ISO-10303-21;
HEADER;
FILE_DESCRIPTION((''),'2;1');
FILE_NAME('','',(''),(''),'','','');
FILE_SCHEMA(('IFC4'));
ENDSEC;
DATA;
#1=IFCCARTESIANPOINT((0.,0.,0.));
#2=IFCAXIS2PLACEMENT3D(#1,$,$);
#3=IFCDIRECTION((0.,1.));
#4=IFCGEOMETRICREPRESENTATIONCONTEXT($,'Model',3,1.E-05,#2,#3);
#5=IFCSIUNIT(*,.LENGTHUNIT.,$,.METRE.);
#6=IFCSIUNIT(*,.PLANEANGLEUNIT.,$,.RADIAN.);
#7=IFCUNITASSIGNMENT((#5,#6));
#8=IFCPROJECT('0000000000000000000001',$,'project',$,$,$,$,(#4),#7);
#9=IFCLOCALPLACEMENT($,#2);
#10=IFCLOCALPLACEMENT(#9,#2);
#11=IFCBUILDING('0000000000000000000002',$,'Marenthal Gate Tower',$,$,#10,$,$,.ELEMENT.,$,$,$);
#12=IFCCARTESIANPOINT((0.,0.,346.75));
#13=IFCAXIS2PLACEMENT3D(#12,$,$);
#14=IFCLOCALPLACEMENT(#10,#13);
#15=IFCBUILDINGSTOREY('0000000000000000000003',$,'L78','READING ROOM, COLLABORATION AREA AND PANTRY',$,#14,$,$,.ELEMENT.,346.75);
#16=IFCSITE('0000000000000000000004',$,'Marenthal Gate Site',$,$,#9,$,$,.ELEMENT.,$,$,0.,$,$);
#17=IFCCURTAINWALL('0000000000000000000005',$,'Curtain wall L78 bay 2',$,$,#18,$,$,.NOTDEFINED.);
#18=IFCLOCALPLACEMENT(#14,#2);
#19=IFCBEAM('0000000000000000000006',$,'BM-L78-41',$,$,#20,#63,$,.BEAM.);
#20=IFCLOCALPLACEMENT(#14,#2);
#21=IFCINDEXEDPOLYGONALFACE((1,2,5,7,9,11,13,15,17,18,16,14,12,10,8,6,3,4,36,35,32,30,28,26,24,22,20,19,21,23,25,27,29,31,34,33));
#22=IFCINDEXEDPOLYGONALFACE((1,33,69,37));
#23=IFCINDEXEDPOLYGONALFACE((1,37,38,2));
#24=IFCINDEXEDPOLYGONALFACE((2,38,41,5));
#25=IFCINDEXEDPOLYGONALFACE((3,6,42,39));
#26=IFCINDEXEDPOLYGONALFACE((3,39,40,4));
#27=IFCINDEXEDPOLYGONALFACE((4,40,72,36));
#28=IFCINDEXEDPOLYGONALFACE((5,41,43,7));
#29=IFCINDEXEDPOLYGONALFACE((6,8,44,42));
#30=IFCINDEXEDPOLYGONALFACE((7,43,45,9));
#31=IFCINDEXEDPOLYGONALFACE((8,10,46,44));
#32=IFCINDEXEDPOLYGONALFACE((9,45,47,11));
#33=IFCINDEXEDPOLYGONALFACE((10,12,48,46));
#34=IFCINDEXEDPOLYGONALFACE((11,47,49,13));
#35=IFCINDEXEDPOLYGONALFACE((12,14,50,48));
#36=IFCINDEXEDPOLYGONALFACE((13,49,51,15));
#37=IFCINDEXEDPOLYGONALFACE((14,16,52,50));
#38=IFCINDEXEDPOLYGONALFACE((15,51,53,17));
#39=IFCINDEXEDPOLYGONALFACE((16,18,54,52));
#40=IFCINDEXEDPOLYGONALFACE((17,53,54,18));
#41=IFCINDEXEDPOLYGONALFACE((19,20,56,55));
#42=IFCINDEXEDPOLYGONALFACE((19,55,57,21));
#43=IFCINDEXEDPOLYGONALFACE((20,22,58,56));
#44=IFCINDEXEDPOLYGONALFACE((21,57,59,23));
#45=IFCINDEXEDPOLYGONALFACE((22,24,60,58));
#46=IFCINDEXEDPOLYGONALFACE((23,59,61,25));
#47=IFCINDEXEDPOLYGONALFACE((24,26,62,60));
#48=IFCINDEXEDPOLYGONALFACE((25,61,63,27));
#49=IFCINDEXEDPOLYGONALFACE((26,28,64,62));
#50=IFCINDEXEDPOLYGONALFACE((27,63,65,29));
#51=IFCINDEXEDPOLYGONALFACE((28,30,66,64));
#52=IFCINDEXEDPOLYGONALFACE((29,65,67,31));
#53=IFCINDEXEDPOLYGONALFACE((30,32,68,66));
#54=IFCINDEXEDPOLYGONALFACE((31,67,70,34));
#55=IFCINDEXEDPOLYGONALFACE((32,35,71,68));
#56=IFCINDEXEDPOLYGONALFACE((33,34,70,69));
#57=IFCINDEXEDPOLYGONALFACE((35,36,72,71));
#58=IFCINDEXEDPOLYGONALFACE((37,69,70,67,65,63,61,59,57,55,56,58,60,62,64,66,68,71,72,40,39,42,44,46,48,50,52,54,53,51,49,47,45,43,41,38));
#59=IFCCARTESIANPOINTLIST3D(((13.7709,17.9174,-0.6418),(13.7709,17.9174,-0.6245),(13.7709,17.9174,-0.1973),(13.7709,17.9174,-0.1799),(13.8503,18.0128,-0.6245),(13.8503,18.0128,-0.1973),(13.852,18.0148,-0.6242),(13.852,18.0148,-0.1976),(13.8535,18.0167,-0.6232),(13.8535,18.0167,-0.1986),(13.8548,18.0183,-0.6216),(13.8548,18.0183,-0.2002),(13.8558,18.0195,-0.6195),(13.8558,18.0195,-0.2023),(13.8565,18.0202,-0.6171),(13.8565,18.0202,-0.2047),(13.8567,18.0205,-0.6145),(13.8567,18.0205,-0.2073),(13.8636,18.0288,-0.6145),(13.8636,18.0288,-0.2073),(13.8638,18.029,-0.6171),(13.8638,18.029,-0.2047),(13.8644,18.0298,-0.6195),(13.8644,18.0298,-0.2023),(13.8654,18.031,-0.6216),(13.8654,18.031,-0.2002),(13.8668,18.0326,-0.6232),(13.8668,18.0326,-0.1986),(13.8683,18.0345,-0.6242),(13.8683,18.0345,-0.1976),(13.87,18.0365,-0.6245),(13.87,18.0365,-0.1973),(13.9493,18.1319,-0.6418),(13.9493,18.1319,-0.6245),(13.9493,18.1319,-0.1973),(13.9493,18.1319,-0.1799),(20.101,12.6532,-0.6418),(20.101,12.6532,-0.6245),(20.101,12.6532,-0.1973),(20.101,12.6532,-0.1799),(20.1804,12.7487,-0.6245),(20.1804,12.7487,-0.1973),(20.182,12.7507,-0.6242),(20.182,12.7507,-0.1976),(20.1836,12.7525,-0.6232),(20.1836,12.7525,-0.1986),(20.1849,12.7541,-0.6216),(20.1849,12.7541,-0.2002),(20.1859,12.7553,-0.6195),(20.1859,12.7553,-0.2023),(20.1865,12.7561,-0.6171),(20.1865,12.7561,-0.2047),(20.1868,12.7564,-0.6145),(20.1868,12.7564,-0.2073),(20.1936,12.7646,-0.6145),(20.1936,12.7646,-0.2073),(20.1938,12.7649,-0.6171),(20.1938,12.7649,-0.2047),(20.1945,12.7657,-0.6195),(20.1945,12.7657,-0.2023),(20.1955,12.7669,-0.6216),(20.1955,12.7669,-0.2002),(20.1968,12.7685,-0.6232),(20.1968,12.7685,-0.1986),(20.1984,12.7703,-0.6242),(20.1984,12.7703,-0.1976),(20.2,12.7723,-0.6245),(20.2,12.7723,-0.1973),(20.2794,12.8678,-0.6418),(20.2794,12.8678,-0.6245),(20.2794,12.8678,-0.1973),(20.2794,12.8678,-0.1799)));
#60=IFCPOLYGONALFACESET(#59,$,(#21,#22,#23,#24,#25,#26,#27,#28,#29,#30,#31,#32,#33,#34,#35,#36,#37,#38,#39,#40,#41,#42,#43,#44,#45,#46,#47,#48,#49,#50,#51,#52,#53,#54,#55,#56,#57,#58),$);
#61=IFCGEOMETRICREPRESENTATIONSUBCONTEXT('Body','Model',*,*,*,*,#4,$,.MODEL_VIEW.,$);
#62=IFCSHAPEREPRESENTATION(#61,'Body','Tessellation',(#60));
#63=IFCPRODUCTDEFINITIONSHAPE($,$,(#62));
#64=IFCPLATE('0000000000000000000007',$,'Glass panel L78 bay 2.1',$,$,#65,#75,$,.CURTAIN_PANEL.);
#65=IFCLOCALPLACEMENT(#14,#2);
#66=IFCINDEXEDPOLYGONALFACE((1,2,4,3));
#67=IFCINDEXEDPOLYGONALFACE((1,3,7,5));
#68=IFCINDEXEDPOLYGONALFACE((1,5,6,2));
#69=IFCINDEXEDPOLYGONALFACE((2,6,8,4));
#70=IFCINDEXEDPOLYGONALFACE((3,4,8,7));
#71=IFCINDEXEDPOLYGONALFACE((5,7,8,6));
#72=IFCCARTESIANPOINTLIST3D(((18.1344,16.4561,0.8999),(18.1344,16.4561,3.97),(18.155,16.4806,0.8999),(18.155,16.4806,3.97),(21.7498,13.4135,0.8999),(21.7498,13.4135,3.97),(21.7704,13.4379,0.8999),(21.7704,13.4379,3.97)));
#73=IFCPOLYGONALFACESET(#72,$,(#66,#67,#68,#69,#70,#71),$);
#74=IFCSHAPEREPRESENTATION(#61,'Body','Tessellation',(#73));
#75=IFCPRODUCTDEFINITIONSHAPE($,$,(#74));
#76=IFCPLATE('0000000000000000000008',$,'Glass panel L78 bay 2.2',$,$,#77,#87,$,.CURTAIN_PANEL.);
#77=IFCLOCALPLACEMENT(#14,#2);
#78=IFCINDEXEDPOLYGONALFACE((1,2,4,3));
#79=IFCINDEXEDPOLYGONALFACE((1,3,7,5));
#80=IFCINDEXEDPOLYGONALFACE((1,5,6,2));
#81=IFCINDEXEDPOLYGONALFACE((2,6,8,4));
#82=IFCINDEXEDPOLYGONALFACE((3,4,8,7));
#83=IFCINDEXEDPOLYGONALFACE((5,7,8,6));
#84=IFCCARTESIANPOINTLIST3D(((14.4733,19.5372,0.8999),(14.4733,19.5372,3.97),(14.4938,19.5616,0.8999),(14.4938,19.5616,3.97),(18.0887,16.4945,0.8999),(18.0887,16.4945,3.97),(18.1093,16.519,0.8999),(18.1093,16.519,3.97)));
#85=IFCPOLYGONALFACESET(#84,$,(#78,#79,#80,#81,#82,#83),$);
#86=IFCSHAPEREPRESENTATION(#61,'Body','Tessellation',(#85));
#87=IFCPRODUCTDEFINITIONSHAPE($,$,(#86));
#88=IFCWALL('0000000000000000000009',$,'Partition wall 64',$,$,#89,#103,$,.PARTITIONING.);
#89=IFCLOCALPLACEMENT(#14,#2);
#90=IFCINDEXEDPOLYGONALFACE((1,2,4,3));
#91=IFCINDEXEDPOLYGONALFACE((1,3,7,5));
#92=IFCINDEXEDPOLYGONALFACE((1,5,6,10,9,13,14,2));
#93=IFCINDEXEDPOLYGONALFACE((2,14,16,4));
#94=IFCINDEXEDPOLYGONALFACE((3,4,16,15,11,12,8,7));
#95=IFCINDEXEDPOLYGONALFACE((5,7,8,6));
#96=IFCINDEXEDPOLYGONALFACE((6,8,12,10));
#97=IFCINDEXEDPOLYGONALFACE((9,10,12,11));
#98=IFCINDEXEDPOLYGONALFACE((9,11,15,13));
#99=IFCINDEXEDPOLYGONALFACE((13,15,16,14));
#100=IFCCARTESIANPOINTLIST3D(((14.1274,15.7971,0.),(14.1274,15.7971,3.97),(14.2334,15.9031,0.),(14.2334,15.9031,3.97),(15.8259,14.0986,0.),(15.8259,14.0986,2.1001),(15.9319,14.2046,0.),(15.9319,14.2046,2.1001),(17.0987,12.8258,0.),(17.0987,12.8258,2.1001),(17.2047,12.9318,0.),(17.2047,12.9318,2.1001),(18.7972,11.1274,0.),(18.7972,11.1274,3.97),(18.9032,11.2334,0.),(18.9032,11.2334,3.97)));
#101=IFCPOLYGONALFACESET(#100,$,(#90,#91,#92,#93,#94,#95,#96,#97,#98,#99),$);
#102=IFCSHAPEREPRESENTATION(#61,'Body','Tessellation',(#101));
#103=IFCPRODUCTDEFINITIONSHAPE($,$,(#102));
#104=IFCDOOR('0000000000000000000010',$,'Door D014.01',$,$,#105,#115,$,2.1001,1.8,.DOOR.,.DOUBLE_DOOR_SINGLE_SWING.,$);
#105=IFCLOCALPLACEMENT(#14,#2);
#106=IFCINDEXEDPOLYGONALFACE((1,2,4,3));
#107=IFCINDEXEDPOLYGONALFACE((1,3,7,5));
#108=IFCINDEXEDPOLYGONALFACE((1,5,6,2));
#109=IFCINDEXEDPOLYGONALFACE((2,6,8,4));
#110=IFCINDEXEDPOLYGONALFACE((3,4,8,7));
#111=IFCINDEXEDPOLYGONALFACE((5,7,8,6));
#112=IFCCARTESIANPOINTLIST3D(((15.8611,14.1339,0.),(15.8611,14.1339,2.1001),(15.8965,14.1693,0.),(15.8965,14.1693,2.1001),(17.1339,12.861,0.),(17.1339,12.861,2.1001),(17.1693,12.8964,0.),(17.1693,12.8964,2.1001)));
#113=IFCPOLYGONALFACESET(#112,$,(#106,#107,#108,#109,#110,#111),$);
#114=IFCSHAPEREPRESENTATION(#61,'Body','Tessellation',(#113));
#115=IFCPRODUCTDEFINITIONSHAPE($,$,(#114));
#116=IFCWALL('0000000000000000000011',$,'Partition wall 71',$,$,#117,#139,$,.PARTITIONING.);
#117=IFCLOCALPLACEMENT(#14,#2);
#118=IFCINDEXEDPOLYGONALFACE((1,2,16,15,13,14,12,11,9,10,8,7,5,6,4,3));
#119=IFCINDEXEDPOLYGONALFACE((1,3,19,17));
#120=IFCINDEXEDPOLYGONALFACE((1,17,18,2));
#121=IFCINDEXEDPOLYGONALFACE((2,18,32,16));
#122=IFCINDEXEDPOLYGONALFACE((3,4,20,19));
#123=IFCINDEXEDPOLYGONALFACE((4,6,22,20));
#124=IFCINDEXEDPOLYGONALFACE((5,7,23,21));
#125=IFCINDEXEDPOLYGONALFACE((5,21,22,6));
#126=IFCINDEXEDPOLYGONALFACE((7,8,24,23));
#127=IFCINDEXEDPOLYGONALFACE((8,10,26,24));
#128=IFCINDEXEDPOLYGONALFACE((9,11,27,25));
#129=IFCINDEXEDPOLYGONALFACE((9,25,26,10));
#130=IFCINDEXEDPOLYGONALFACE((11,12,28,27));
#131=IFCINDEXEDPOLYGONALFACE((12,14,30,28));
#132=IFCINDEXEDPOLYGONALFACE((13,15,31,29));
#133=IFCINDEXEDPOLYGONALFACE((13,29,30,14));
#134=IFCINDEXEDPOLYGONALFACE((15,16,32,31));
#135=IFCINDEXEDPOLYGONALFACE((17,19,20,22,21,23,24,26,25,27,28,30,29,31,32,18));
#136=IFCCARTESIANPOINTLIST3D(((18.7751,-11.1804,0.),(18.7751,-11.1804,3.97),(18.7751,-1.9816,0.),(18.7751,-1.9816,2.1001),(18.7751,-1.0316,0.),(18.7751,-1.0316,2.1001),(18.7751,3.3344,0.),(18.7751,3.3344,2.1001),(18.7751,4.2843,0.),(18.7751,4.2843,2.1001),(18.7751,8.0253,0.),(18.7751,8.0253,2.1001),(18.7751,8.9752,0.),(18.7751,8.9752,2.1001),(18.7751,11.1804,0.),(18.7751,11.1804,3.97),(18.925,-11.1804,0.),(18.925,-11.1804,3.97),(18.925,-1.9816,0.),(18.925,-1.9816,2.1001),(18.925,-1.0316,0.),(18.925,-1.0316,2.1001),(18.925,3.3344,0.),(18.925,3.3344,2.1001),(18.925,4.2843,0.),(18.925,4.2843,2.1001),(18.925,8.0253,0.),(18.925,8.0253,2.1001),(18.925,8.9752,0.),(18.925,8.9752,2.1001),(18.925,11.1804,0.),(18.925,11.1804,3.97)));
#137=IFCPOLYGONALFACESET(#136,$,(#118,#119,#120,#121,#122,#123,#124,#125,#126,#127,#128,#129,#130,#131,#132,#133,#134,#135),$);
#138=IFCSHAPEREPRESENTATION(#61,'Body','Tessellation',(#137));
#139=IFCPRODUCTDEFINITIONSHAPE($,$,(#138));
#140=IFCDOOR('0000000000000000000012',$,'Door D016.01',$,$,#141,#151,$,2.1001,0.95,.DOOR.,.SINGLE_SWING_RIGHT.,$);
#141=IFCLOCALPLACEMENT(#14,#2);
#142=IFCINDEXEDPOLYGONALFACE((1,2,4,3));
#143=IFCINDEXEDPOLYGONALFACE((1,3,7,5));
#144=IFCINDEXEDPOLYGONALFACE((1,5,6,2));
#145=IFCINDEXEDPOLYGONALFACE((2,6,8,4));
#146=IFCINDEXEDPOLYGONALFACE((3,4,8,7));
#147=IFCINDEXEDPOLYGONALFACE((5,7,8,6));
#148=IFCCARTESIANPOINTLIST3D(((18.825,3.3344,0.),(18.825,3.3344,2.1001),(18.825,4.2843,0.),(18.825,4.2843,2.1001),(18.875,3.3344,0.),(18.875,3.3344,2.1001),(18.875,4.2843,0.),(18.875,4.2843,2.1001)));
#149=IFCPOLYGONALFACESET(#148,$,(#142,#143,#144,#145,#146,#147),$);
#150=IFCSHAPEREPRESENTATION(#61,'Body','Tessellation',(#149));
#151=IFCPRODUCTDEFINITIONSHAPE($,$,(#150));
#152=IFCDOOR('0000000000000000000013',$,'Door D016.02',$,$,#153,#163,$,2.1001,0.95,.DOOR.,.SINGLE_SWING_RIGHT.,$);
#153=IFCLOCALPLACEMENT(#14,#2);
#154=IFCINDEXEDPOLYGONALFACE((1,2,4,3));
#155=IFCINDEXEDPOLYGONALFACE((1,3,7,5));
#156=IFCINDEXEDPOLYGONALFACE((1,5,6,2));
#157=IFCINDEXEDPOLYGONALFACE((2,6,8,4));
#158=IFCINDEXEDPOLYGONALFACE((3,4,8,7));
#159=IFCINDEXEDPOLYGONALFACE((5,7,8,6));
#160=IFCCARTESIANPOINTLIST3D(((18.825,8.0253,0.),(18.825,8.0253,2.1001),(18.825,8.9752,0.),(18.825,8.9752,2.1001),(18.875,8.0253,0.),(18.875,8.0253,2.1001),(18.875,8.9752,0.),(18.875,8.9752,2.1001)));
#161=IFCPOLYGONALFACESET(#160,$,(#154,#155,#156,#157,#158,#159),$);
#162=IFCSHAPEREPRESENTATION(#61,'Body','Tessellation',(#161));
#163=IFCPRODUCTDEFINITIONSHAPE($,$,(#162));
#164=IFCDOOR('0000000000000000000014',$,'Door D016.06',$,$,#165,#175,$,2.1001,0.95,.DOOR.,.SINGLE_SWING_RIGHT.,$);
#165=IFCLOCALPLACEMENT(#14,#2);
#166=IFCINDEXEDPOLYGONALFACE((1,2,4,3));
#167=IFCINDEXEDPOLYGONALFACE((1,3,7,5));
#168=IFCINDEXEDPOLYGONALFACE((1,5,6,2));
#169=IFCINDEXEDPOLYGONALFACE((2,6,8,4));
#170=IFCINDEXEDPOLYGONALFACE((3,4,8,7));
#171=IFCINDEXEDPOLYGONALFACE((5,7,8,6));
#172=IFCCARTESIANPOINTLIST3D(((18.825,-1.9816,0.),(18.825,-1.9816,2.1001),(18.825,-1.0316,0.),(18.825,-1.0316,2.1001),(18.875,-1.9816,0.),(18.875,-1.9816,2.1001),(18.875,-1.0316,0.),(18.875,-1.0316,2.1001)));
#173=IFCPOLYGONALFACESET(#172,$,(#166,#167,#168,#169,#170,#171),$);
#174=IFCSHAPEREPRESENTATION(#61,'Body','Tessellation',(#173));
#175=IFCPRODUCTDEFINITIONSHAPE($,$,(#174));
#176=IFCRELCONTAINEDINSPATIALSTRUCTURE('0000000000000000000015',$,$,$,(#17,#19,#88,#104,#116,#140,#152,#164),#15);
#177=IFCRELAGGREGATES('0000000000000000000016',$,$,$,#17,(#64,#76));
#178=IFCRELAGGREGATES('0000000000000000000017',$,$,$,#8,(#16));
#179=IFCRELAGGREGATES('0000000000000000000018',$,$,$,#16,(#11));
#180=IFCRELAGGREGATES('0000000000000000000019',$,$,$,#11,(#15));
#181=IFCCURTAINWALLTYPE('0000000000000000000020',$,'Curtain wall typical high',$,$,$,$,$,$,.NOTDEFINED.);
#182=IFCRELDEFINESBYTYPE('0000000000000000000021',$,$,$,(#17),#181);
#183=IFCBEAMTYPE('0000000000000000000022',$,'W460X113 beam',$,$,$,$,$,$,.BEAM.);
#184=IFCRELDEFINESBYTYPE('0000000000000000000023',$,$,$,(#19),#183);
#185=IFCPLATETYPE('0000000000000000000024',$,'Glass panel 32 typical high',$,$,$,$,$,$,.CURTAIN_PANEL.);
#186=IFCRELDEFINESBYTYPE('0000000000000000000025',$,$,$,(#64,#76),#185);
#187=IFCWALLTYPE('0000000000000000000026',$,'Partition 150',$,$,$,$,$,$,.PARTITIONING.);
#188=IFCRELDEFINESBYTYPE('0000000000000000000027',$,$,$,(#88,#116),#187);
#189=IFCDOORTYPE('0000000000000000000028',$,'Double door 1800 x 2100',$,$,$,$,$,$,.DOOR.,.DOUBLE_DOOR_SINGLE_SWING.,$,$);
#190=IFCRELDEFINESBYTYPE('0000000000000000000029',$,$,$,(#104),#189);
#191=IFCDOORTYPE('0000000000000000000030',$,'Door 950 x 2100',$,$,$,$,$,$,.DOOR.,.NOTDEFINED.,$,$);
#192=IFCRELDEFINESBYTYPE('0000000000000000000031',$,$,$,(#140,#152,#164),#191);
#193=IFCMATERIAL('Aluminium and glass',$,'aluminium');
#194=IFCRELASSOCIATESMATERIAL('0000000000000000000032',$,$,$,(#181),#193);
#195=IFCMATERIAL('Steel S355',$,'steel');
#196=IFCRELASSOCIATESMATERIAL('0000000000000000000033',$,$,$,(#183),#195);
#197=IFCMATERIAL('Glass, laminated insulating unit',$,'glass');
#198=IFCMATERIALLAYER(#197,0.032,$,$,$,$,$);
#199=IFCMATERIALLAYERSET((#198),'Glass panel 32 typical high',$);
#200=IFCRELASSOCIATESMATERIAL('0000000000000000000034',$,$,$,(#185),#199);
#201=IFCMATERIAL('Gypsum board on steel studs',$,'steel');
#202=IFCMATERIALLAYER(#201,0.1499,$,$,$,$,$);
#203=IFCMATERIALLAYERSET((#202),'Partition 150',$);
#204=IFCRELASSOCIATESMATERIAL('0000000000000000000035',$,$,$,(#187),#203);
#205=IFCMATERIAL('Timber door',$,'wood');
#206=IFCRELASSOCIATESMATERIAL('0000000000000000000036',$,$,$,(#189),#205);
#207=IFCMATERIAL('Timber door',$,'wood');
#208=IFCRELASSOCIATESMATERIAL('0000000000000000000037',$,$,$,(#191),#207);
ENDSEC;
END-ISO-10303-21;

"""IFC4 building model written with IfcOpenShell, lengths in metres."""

from ifc_helpers import new_model, si_unit, direction, frame, frame_2d, origin, origin_2d, place, context, subcontext, project, spatial, rectangle, i_section, extrude, material, layer, layer_set, material_profile, profile_set, type_object, element, fill, aggregate, save


model = new_model("IFC4")

# Units and contexts
model_context = context("Model", 3, precision=1e-05, world=origin(), true_north=direction((0.0, 1.0)))
body_context = subcontext(model_context, "Body", "Model", "MODEL_VIEW")
ifc_project = project(units=[si_unit("LENGTHUNIT", "METRE"), si_unit("PLANEANGLEUNIT", "RADIAN")], contexts=[model_context])

# Site, building, storey
site_placement = place(None, origin())
site = spatial("IfcSite", under=ifc_project, at=site_placement, Name="Marenthal Gate Site", CompositionType="ELEMENT", RefElevation=0.0)
building_placement = place(site_placement, origin())
building = spatial("IfcBuilding", under=site, at=building_placement, Name="Marenthal Gate Tower", CompositionType="ELEMENT")
storey_placement = place(building_placement, frame((0.0, 0.0, 346.75)))
storey = spatial("IfcBuildingStorey", under=building, at=storey_placement, Name="L78", Description="READING ROOM, COLLABORATION AREA AND PANTRY", CompositionType="ELEMENT", Elevation=346.75)

# Curtain wall
ifc_material_1 = material(Name="Aluminium and glass", Category="aluminium")
curtain_wall_type = type_object("IfcCurtainWallType", Name="Curtain wall typical high", PredefinedType="NOTDEFINED", material=ifc_material_1)
curtain_wall_placement = place(storey_placement, origin())
curtain_wall = element("IfcCurtainWall", 1, at=curtain_wall_placement, inside=storey, type_object=curtain_wall_type, Name="Curtain wall L78 bay 2", PredefinedType="NOTDEFINED")

# Beam
ifc_material_2 = material(Name="Steel S355", Category="steel")
ifc_material_profile_1 = material_profile(ifc_material_2, i_section(OverallWidth=0.2791, OverallDepth=0.4619, WebThickness=0.0107, FlangeThickness=0.0173, FilletRadius=0.01, at=origin_2d()), Name="W460X113")
ifc_profile_set_1 = profile_set([ifc_material_profile_1], Name="Steel S355")
beam_type_1 = type_object("IfcBeamType", Name="W460X113 beam", PredefinedType="BEAM", material=ifc_profile_set_1)
beam_1_placement = place(storey_placement, frame((20.1902, 12.7605, -0.4109), z_axis=(-0.768872, 0.639402, 0.0), x_axis=(-0.639402, -0.768872, 0.0)))
element("IfcBeam", 2, at=beam_1_placement, inside=storey, type_object=beam_type_1, Name="BM-L78-41", PredefinedType="BEAM", context=body_context, shape_type="SweptSolid", body=[
    extrude(i_section(OverallWidth=0.2791, OverallDepth=0.4619, WebThickness=0.0107, FlangeThickness=0.0173, FilletRadius=0.01, at=origin_2d()), origin(), (0.0, 0.0, 1.0), 8.2329),
])

# Plates
ifc_material_3 = material(Name="Glass, laminated insulating unit", Category="glass")
ifc_layer_1 = layer(ifc_material_3, 0.032)
ifc_layer_set_1 = layer_set([ifc_layer_1], Name="Glass panel 32 typical high")
plate_type = type_object("IfcPlateType", Name="Glass panel 32 typical high", PredefinedType="CURTAIN_PANEL", material=ifc_layer_set_1)
plate_1_placement = place(storey_placement, frame((19.9524, 14.947, 0.8999), z_axis=(0.0, 0.0, 1.0), x_axis=(-0.765113, 0.643896, 0.0)))
plate_1 = element("IfcPlate", 3, at=plate_1_placement, type_object=plate_type, Name="Glass panel L78 bay 2.1", PredefinedType="CURTAIN_PANEL", context=body_context, shape_type="SweptSolid", body=[
    extrude(rectangle(XDim=4.7253, YDim=0.032, at=origin_2d()), origin(), (0.0, 0.0, 1.0), 3.0701),
])
plate_2_placement = place(storey_placement, frame((16.2913, 18.0281, 0.8999), z_axis=(0.0, 0.0, 1.0), x_axis=(-0.765113, 0.643896, 0.0)))
plate_2 = element("IfcPlate", 4, at=plate_2_placement, type_object=plate_type, Name="Glass panel L78 bay 2.2", PredefinedType="CURTAIN_PANEL", context=body_context, shape_type="SweptSolid", body=[
    extrude(rectangle(XDim=4.7253, YDim=0.032, at=origin_2d()), origin(), (0.0, 0.0, 1.0), 3.0701),
])
aggregate(curtain_wall, [plate_1, plate_2])

# Wall, opening, door
ifc_material_4 = material(Name="Gypsum board on steel studs", Category="steel")
ifc_layer_2 = layer(ifc_material_4, 0.1499)
ifc_layer_set_2 = layer_set([ifc_layer_2], Name="Partition 150")
wall_type_1 = type_object("IfcWallType", Name="Partition 150", PredefinedType="PARTITIONING", material=ifc_layer_set_2)
wall_1_placement = place(storey_placement, frame((14.1804, 15.8501, 0.0), z_axis=(0.0, 0.0, 1.0), x_axis=(0.707107, -0.707107, 0.0)))
wall_1 = element("IfcWall", 5, at=wall_1_placement, inside=storey, type_object=wall_type_1, Name="Partition wall 64", PredefinedType="PARTITIONING", context=body_context, shape_type="SweptSolid", body=[
    extrude(rectangle(XDim=6.604, YDim=0.1499, at=frame_2d((3.302, 0.0))), origin(), (0.0, 0.0, 1.0), 3.97),
])
opening_1_placement = place(wall_1_placement, frame((2.4021, 0.0, 0.0)))
opening_1 = element("IfcOpeningElement", 6, at=opening_1_placement, cuts=wall_1, PredefinedType="OPENING", context=body_context, shape_type="SweptSolid", body=[
    extrude(rectangle(XDim=1.8, YDim=2.1001, at=frame_2d((0.8999, 1.05))), frame((0.0, 0.085, 0.0), z_axis=(0.0, -1.0, 0.0), x_axis=(1.0, 0.0, 0.0)), (0.0, 0.0, 1.0), 0.1699),
])
ifc_material_5 = material(Name="Timber door", Category="wood")
door_type_1 = type_object("IfcDoorType", Name="Double door 1800 x 2100", OperationType="DOUBLE_DOOR_SINGLE_SWING", PredefinedType="DOOR", material=ifc_material_5)
door_1_placement = place(opening_1_placement, origin())
door_1 = element("IfcDoor", 7, at=door_1_placement, inside=storey, type_object=door_type_1, Name="Door D014.01", OperationType="DOUBLE_DOOR_SINGLE_SWING", OverallHeight=2.1001, OverallWidth=1.8, PredefinedType="DOOR", context=body_context, shape_type="SweptSolid", body=[
    extrude(rectangle(XDim=1.8, YDim=2.1001, at=frame_2d((0.8999, 1.05))), frame((0.0, 0.0249, 0.0), z_axis=(0.0, -1.0, 0.0), x_axis=(1.0, 0.0, 0.0)), (0.0, 0.0, 1.0), 0.05),
])
fill(opening_1, door_1)

# Wall, openings, doors
wall_2_placement = place(storey_placement, frame((18.8501, 11.1804, 0.0), z_axis=(0.0, 0.0, 1.0), x_axis=(0.0, -1.0, 0.0)))
wall_2 = element("IfcWall", 8, at=wall_2_placement, inside=storey, type_object=wall_type_1, Name="Partition wall 71", PredefinedType="PARTITIONING", context=body_context, shape_type="SweptSolid", body=[
    extrude(rectangle(XDim=22.3608, YDim=0.1499, at=frame_2d((11.1804, 0.0))), origin(), (0.0, 0.0, 1.0), 3.97),
])
opening_2_placement = place(wall_2_placement, frame((6.896, 0.0, 0.0)))
opening_2 = element("IfcOpeningElement", 9, at=opening_2_placement, cuts=wall_2, PredefinedType="OPENING", context=body_context, shape_type="SweptSolid", body=[
    extrude(rectangle(XDim=0.95, YDim=2.1001, at=frame_2d((0.4751, 1.05))), frame((0.0, 0.085, 0.0), z_axis=(0.0, -1.0, 0.0), x_axis=(1.0, 0.0, 0.0)), (0.0, 0.0, 1.0), 0.1699),
])
opening_3_placement = place(wall_2_placement, frame((2.2051, 0.0, 0.0)))
opening_3 = element("IfcOpeningElement", 10, at=opening_3_placement, cuts=wall_2, PredefinedType="OPENING", context=body_context, shape_type="SweptSolid", body=[
    extrude(rectangle(XDim=0.95, YDim=2.1001, at=frame_2d((0.4751, 1.05))), frame((0.0, 0.085, 0.0), z_axis=(0.0, -1.0, 0.0), x_axis=(1.0, 0.0, 0.0)), (0.0, 0.0, 1.0), 0.1699),
])
opening_4_placement = place(wall_2_placement, frame((12.2119, 0.0, 0.0)))
opening_4 = element("IfcOpeningElement", 11, at=opening_4_placement, cuts=wall_2, PredefinedType="OPENING", context=body_context, shape_type="SweptSolid", body=[
    extrude(rectangle(XDim=0.95, YDim=2.1001, at=frame_2d((0.4751, 1.05))), frame((0.0, 0.085, 0.0), z_axis=(0.0, -1.0, 0.0), x_axis=(1.0, 0.0, 0.0)), (0.0, 0.0, 1.0), 0.1699),
])
ifc_material_6 = material(Name="Timber door", Category="wood")
door_type_2 = type_object("IfcDoorType", Name="Door 950 x 2100", OperationType="NOTDEFINED", PredefinedType="DOOR", material=ifc_material_6)
door_2_placement = place(opening_2_placement, origin())
door_2 = element("IfcDoor", 12, at=door_2_placement, inside=storey, type_object=door_type_2, Name="Door D016.01", OperationType="SINGLE_SWING_RIGHT", OverallHeight=2.1001, OverallWidth=0.95, PredefinedType="DOOR", context=body_context, shape_type="SweptSolid", body=[
    extrude(rectangle(XDim=0.95, YDim=2.1001, at=frame_2d((0.4751, 1.05))), frame((0.0, 0.0249, 0.0), z_axis=(0.0, -1.0, 0.0), x_axis=(1.0, 0.0, 0.0)), (0.0, 0.0, 1.0), 0.05),
])
fill(opening_2, door_2)
door_3_placement = place(opening_3_placement, origin())
door_3 = element("IfcDoor", 13, at=door_3_placement, inside=storey, type_object=door_type_2, Name="Door D016.02", OperationType="SINGLE_SWING_RIGHT", OverallHeight=2.1001, OverallWidth=0.95, PredefinedType="DOOR", context=body_context, shape_type="SweptSolid", body=[
    extrude(rectangle(XDim=0.95, YDim=2.1001, at=frame_2d((0.4751, 1.05))), frame((0.0, 0.0249, 0.0), z_axis=(0.0, -1.0, 0.0), x_axis=(1.0, 0.0, 0.0)), (0.0, 0.0, 1.0), 0.05),
])
fill(opening_3, door_3)
door_4_placement = place(opening_4_placement, origin())
door_4 = element("IfcDoor", 14, at=door_4_placement, inside=storey, type_object=door_type_2, Name="Door D016.06", OperationType="SINGLE_SWING_RIGHT", OverallHeight=2.1001, OverallWidth=0.95, PredefinedType="DOOR", context=body_context, shape_type="SweptSolid", body=[
    extrude(rectangle(XDim=0.95, YDim=2.1001, at=frame_2d((0.4751, 1.05))), frame((0.0, 0.0249, 0.0), z_axis=(0.0, -1.0, 0.0), x_axis=(1.0, 0.0, 0.0)), (0.0, 0.0, 1.0), 0.05),
])
fill(opening_4, door_4)

save(model, "model.ifc")
